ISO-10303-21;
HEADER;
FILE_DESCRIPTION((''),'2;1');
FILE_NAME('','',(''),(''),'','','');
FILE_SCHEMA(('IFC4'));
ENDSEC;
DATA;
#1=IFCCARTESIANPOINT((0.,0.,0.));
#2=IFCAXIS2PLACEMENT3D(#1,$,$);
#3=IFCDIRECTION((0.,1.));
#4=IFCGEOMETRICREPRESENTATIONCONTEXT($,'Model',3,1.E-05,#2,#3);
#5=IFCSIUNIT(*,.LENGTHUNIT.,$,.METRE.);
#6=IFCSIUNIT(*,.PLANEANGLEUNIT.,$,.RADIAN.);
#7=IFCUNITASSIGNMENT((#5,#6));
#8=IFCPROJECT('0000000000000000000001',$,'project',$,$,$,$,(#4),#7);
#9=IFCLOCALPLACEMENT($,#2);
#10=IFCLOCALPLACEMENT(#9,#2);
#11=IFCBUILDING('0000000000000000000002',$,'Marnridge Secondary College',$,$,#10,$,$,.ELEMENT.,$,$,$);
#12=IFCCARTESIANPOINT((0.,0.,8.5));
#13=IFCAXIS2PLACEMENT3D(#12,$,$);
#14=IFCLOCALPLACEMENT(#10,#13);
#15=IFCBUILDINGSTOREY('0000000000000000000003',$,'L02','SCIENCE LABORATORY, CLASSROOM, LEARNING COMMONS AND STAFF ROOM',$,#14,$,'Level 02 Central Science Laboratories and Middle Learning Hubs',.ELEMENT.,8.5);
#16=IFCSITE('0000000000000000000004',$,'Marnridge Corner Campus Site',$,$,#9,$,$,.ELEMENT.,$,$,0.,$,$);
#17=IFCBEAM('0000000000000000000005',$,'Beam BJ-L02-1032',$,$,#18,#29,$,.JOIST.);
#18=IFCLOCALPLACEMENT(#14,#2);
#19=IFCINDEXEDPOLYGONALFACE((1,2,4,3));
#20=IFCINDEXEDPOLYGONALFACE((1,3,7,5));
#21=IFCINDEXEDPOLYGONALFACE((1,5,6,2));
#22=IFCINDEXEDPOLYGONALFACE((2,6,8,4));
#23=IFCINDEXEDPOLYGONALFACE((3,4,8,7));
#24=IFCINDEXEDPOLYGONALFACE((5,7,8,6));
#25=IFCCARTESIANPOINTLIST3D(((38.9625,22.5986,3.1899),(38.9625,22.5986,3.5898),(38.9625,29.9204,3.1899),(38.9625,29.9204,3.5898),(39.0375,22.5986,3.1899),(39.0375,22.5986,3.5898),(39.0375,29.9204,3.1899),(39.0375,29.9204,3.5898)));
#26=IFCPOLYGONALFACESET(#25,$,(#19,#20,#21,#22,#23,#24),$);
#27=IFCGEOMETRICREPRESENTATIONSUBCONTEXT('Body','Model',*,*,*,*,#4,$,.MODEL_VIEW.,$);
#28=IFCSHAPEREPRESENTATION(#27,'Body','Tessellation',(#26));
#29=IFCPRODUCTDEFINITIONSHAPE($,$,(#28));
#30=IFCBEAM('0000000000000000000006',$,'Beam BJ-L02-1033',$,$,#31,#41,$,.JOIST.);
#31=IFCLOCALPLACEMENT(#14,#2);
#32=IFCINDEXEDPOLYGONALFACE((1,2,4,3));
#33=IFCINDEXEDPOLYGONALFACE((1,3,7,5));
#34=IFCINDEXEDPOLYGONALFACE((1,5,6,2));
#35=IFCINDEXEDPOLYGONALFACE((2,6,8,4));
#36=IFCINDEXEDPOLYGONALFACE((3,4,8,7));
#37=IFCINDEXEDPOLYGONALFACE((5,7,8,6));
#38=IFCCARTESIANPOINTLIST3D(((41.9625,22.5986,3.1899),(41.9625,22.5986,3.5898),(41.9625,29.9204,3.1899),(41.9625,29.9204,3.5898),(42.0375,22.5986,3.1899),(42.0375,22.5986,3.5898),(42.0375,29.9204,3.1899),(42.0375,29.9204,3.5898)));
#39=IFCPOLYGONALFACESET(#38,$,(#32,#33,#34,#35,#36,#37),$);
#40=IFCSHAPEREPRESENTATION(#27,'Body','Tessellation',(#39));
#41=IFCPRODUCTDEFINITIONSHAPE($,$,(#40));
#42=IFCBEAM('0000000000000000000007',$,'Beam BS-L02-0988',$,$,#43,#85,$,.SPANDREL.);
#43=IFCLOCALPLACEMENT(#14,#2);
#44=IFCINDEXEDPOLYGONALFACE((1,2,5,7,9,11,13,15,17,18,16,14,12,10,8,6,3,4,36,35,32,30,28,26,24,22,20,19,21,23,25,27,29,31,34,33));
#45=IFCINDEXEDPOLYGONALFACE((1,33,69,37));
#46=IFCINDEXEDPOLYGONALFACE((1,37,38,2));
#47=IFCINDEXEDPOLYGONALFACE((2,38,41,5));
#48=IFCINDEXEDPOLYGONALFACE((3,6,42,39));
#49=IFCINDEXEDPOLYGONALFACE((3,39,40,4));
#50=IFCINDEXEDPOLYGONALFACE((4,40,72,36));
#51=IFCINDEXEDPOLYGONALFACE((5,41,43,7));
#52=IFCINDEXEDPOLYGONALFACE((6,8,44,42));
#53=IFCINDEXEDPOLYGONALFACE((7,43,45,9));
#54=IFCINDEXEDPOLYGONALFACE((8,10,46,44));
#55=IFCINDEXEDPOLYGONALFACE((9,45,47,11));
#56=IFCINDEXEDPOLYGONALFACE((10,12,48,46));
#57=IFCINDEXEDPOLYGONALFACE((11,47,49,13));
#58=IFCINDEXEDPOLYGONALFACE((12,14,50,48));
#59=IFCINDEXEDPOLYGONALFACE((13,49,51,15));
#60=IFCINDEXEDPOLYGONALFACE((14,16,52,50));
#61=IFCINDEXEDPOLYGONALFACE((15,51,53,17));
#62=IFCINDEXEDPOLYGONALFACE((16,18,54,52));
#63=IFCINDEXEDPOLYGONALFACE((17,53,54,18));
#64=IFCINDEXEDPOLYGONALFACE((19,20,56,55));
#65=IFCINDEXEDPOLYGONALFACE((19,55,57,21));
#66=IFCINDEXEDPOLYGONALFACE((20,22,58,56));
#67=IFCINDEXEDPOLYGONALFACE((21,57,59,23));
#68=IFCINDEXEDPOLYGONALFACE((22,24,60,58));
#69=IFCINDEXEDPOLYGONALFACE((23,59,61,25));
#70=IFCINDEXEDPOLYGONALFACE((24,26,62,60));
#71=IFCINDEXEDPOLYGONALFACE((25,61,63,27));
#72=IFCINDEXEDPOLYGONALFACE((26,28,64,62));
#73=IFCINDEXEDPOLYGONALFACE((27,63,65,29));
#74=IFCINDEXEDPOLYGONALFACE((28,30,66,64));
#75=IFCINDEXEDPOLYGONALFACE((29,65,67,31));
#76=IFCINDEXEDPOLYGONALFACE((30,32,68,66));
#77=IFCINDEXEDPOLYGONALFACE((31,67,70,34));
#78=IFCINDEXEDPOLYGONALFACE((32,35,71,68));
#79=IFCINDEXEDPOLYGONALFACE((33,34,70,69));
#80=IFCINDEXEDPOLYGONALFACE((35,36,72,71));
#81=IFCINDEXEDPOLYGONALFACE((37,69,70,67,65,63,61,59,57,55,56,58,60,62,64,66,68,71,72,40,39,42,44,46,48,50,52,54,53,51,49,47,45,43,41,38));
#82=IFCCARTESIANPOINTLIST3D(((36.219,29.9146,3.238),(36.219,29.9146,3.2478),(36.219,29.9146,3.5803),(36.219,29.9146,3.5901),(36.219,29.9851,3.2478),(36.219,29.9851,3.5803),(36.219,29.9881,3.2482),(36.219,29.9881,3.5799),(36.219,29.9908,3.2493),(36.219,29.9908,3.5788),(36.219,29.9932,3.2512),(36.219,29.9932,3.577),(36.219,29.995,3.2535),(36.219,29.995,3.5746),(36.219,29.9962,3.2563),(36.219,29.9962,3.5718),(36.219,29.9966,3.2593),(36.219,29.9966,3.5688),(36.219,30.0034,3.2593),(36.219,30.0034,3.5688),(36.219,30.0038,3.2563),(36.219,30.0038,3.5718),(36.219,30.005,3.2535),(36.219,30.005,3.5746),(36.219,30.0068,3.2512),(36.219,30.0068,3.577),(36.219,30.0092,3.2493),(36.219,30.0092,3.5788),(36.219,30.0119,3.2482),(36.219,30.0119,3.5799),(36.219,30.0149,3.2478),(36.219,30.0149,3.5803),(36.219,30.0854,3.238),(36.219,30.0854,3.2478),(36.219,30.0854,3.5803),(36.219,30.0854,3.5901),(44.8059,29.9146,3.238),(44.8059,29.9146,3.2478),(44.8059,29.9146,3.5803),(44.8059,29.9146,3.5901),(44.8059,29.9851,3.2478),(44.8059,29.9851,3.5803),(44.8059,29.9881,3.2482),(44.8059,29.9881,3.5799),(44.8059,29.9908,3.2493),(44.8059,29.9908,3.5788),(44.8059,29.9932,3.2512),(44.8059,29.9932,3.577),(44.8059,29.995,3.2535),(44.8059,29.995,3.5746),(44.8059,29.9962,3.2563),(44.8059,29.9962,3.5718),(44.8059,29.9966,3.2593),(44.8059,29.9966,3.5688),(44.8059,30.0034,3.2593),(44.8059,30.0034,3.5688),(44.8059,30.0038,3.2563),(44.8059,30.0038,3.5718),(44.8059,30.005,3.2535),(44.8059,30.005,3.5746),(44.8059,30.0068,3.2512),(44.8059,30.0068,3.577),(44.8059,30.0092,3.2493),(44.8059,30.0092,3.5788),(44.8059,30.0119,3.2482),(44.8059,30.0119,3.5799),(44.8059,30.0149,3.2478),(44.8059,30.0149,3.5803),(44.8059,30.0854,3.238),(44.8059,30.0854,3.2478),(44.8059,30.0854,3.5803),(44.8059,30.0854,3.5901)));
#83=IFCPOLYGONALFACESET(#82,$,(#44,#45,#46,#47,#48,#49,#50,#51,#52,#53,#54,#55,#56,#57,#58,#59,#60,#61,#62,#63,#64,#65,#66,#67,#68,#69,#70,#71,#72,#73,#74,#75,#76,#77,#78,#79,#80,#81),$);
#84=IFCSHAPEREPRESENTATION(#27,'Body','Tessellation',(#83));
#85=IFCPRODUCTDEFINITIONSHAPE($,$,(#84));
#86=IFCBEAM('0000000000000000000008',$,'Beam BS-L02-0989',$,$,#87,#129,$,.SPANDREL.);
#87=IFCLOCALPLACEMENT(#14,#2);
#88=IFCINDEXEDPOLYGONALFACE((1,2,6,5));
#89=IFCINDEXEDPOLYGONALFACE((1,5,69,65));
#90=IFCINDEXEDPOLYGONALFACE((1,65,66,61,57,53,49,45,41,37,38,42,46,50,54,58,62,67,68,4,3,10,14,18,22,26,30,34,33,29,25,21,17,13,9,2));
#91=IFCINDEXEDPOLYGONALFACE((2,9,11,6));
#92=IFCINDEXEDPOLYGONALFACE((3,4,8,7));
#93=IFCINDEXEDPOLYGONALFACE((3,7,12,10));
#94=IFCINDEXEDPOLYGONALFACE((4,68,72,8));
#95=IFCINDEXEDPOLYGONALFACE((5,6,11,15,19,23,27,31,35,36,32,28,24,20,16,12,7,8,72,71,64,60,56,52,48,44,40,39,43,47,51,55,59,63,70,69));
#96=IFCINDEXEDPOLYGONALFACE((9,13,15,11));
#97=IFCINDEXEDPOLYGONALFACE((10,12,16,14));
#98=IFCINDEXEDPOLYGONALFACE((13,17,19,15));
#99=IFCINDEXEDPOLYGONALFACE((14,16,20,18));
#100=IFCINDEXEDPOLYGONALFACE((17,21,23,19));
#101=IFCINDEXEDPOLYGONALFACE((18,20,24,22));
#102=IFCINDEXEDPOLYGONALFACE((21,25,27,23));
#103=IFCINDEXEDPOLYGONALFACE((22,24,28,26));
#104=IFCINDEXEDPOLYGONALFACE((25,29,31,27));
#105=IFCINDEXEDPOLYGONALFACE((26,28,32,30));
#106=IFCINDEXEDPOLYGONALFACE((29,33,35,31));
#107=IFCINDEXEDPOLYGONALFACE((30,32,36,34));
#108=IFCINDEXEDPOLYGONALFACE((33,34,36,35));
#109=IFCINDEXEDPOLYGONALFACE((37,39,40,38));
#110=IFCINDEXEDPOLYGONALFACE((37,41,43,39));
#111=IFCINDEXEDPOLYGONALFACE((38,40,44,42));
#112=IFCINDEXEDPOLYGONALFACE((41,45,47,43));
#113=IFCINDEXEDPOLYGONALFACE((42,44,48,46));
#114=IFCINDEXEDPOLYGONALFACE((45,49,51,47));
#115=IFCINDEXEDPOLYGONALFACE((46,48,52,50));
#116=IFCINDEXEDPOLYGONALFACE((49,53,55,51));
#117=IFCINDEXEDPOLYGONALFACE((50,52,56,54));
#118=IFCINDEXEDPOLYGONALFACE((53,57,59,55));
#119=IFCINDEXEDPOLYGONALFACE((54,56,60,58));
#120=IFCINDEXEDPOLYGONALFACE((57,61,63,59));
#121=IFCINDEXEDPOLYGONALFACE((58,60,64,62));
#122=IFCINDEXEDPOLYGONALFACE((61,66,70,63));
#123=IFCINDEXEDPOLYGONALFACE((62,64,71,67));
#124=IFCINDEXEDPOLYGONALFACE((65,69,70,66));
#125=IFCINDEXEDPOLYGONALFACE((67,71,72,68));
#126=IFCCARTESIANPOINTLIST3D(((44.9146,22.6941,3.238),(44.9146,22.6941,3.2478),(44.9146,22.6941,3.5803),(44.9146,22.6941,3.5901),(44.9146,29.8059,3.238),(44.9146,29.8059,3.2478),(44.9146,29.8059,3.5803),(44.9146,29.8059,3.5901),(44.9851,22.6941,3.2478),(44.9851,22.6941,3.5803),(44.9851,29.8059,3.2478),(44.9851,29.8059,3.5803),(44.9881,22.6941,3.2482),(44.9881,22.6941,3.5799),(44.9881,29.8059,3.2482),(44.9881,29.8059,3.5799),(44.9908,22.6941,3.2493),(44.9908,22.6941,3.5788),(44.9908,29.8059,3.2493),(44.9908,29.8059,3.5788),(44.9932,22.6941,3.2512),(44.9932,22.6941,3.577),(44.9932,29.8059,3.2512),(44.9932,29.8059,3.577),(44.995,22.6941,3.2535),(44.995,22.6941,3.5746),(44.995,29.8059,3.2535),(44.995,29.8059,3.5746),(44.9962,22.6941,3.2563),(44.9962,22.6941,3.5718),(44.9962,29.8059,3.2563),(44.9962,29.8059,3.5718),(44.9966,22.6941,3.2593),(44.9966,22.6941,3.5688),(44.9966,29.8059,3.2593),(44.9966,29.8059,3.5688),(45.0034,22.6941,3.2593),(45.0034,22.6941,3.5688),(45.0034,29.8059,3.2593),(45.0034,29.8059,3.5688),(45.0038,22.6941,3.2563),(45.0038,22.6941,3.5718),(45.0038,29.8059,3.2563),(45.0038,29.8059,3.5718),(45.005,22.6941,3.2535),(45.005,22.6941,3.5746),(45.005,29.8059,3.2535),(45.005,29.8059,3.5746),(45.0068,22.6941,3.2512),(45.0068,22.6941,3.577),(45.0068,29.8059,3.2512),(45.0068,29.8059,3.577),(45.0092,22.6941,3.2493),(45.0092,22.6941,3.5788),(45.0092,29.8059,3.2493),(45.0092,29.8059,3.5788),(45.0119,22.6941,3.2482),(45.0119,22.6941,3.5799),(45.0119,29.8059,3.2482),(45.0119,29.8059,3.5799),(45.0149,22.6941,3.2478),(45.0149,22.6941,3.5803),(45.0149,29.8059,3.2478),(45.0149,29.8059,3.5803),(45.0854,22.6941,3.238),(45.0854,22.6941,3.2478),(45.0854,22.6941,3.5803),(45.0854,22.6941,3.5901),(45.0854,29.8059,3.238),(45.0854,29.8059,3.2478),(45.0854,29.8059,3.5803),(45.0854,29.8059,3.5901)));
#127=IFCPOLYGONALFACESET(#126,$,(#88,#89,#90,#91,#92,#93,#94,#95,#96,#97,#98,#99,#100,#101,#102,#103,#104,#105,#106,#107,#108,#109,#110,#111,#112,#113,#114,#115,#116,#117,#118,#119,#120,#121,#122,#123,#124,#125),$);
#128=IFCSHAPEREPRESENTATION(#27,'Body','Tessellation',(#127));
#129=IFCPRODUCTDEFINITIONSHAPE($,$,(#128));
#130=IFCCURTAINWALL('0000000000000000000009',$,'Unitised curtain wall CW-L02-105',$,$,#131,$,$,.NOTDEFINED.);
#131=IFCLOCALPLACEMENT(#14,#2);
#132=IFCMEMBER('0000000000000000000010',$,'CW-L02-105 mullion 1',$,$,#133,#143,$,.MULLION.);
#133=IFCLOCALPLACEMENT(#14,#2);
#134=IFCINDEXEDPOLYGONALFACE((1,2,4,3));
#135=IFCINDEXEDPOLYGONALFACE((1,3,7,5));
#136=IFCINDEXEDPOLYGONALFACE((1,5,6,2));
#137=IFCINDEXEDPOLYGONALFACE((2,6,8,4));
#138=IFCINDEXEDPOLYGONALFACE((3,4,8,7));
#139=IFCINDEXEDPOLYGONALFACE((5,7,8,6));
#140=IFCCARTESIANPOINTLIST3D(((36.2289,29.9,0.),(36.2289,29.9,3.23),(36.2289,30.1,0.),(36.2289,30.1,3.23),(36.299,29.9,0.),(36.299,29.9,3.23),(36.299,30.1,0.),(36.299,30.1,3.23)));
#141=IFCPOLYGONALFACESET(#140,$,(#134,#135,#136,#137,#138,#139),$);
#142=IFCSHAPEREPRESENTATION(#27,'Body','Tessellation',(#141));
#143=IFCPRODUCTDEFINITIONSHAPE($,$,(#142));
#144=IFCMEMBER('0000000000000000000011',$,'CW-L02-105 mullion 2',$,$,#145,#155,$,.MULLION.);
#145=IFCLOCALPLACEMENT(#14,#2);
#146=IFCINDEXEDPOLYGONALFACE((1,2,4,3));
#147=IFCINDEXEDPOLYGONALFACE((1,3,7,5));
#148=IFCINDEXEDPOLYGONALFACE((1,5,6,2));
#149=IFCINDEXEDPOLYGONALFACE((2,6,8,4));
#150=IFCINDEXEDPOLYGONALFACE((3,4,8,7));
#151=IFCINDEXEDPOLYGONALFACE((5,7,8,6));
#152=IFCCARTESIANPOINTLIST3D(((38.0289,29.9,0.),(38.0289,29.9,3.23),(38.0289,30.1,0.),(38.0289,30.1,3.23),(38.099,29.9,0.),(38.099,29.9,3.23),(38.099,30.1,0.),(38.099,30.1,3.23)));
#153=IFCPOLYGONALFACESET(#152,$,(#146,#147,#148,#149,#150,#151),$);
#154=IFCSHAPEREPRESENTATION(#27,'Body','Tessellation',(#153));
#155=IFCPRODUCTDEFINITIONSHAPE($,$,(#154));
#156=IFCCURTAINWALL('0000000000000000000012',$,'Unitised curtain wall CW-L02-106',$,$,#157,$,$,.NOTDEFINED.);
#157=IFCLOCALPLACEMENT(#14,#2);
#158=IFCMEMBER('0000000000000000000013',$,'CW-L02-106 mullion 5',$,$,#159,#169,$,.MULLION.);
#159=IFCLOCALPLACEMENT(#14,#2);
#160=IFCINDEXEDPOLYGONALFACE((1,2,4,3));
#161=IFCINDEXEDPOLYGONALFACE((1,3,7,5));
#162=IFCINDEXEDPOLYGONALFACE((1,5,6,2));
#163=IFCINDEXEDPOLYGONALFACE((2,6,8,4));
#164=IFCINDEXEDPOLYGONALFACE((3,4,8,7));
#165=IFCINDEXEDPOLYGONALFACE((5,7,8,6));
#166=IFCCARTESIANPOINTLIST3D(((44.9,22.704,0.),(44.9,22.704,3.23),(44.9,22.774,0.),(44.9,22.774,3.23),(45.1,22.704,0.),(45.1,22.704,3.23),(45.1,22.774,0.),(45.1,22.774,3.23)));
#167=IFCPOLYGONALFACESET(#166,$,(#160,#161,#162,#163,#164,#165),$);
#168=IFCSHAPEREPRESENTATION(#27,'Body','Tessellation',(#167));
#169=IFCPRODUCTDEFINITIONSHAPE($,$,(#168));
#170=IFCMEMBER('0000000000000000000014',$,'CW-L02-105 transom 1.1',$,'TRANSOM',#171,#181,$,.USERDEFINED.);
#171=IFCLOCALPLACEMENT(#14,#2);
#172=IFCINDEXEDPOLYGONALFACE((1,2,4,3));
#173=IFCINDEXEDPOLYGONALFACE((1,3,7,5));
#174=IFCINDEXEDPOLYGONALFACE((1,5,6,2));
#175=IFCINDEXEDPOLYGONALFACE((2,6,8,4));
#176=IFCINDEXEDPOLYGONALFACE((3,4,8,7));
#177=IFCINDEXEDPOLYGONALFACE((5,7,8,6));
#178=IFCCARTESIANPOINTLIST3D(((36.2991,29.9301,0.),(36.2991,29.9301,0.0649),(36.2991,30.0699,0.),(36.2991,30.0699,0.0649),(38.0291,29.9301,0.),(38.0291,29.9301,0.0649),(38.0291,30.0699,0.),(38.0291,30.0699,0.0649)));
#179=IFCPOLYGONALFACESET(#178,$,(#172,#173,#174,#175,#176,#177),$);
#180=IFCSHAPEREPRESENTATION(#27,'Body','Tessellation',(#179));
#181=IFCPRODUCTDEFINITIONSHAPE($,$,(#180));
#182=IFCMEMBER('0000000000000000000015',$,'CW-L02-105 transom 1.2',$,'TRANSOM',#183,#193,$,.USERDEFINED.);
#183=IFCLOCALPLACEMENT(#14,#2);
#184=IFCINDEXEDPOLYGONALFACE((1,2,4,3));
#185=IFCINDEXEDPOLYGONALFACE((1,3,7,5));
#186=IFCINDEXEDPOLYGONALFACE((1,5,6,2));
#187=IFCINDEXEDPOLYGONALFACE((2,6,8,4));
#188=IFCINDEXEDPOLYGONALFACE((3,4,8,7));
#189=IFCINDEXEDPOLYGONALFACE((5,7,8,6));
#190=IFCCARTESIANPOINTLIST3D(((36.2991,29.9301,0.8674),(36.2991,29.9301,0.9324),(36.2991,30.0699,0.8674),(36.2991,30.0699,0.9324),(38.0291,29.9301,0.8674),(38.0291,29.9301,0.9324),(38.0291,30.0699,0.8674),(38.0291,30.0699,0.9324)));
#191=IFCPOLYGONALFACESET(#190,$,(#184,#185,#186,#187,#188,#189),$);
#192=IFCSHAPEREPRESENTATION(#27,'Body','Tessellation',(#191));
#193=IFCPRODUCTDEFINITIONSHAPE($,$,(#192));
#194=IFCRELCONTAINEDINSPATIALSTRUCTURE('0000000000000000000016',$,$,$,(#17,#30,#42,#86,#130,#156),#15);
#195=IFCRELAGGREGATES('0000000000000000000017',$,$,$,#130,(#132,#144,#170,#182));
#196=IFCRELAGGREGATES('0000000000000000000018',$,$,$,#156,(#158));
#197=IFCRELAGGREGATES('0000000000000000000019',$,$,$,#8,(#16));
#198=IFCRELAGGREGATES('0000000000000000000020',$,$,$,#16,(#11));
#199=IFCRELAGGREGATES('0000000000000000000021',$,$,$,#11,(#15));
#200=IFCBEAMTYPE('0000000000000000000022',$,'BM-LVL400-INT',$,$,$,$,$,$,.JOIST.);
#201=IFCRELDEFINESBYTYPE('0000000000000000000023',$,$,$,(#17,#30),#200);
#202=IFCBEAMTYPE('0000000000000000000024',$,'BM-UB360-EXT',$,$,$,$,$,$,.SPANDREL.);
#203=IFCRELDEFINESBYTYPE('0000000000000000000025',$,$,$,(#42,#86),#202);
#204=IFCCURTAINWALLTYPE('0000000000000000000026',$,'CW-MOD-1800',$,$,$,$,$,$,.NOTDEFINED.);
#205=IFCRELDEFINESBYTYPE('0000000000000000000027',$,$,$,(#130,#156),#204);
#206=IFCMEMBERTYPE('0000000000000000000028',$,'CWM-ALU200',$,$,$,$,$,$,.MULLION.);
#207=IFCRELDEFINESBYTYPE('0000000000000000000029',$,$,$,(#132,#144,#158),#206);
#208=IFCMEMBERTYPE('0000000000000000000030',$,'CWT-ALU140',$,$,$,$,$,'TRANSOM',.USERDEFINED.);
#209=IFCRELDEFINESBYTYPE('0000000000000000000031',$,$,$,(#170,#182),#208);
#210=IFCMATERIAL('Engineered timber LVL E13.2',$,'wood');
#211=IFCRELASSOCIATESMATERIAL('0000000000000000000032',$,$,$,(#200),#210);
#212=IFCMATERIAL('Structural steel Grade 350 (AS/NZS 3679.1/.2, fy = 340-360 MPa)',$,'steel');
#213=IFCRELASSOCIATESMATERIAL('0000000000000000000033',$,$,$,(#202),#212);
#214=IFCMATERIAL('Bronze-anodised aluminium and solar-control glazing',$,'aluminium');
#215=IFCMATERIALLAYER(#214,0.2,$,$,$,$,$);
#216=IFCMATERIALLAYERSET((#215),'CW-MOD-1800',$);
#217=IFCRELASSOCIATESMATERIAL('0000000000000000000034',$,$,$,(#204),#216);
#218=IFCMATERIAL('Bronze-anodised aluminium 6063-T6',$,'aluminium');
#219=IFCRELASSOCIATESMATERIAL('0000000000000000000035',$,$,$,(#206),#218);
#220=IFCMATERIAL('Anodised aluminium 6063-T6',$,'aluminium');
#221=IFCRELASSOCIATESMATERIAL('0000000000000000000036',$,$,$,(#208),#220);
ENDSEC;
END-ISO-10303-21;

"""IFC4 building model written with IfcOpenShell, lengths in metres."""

from ifc_helpers import new_model, si_unit, direction, frame, origin, origin_2d, place, context, subcontext, project, spatial, rectangle, i_section, extrude, material, layer, layer_set, material_profile, profile_set, type_object, element, aggregate, save


model = new_model("IFC4")

# Units and contexts
model_context = context("Model", 3, precision=1e-05, world=origin(), true_north=direction((0.0, 1.0)))
body_context = subcontext(model_context, "Body", "Model", "MODEL_VIEW")
ifc_project = project(units=[si_unit("LENGTHUNIT", "METRE"), si_unit("PLANEANGLEUNIT", "RADIAN")], contexts=[model_context])

# Site, building, storey
site_placement = place(None, origin())
site = spatial("IfcSite", under=ifc_project, at=site_placement, Name="Marnridge Corner Campus Site", CompositionType="ELEMENT", RefElevation=0.0)
building_placement = place(site_placement, origin())
building = spatial("IfcBuilding", under=site, at=building_placement, Name="Marnridge Secondary College", CompositionType="ELEMENT")
storey_placement = place(building_placement, frame((0.0, 0.0, 8.5)))
storey = spatial("IfcBuildingStorey", under=building, at=storey_placement, Name="L02", Description="SCIENCE LABORATORY, CLASSROOM, LEARNING COMMONS AND STAFF ROOM", LongName="Level 02 Central Science Laboratories and Middle Learning Hubs", CompositionType="ELEMENT", Elevation=8.5)

# Beams
ifc_material_1 = material(Name="Engineered timber LVL E13.2", Category="wood")
ifc_material_profile_1 = material_profile(ifc_material_1, rectangle(XDim=0.075, YDim=0.3999, at=origin_2d()), Name="LVL 75x400")
ifc_profile_set_1 = profile_set([ifc_material_profile_1], Name="Engineered timber LVL E13.2")
beam_type_1 = type_object("IfcBeamType", Name="BM-LVL400-INT", PredefinedType="JOIST", material=ifc_profile_set_1)
for number, where, z_axis, x_axis, name in (
    (1, (39.0, 22.5986, 3.3899), (0.0, 1.0, 0.0), (-1.0, 0.0, 0.0), "Beam BJ-L02-1032"),
    (2, (42.0, 22.5986, 3.3899), (0.0, 1.0, 0.0), (-1.0, 0.0, 0.0), "Beam BJ-L02-1033"),
):
    element("IfcBeam", number, at=place(storey_placement, frame(where, z_axis=z_axis, x_axis=x_axis)), inside=storey, type_object=beam_type_1, Name=name, PredefinedType="JOIST", context=body_context, shape_type="SweptSolid", body=[
        extrude(rectangle(XDim=0.075, YDim=0.3999, at=origin_2d()), origin(), (0.0, 0.0, 1.0), 7.3218),
    ])
ifc_material_2 = material(Name="Structural steel Grade 350 (AS/NZS 3679.1/.2, fy = 340-360 MPa)", Category="steel")
ifc_material_profile_2 = material_profile(ifc_material_2, i_section(OverallWidth=0.1709, OverallDepth=0.3521, WebThickness=0.0068, FlangeThickness=0.0098, FilletRadius=0.0115, at=origin_2d()), Name="360UB44.7")
ifc_profile_set_2 = profile_set([ifc_material_profile_2], Name="Structural steel Grade 350 (AS/NZS 3679.1/.2, fy = 340-360 MPa)")
beam_type_2 = type_object("IfcBeamType", Name="BM-UB360-EXT", PredefinedType="SPANDREL", material=ifc_profile_set_2)
beam_1_placement = place(storey_placement, frame((36.219, 30.0, 3.4141), z_axis=(1.0, 0.0, 0.0), x_axis=(0.0, 1.0, 0.0)))
element("IfcBeam", 3, at=beam_1_placement, inside=storey, type_object=beam_type_2, Name="Beam BS-L02-0988", PredefinedType="SPANDREL", context=body_context, shape_type="SweptSolid", body=[
    extrude(i_section(OverallWidth=0.1709, OverallDepth=0.3521, WebThickness=0.0068, FlangeThickness=0.0098, FilletRadius=0.0115, at=origin_2d()), origin(), (0.0, 0.0, 1.0), 8.5869),
])
beam_2_placement = place(storey_placement, frame((45.0, 22.6941, 3.4141), z_axis=(0.0, 1.0, 0.0), x_axis=(-1.0, 0.0, 0.0)))
element("IfcBeam", 4, at=beam_2_placement, inside=storey, type_object=beam_type_2, Name="Beam BS-L02-0989", PredefinedType="SPANDREL", context=body_context, shape_type="SweptSolid", body=[
    extrude(i_section(OverallWidth=0.1709, OverallDepth=0.3521, WebThickness=0.0068, FlangeThickness=0.0098, FilletRadius=0.0115, at=origin_2d()), origin(), (0.0, 0.0, 1.0), 7.1118),
])

# Curtain wall, members
ifc_material_3 = material(Name="Bronze-anodised aluminium and solar-control glazing", Category="aluminium")
ifc_layer_1 = layer(ifc_material_3, 0.2)
ifc_layer_set_1 = layer_set([ifc_layer_1], Name="CW-MOD-1800")
curtain_wall_type = type_object("IfcCurtainWallType", Name="CW-MOD-1800", PredefinedType="NOTDEFINED", material=ifc_layer_set_1)
curtain_wall_1_placement = place(storey_placement, origin())
curtain_wall_1 = element("IfcCurtainWall", 5, at=curtain_wall_1_placement, inside=storey, type_object=curtain_wall_type, Name="Unitised curtain wall CW-L02-105", PredefinedType="NOTDEFINED")
ifc_material_4 = material(Name="Bronze-anodised aluminium 6063-T6", Category="aluminium")
ifc_material_profile_3 = material_profile(ifc_material_4, rectangle(XDim=0.0701, YDim=0.2, at=origin_2d()), Name="ALU 70x200")
ifc_profile_set_3 = profile_set([ifc_material_profile_3], Name="Bronze-anodised aluminium 6063-T6")
member_type_1 = type_object("IfcMemberType", Name="CWM-ALU200", PredefinedType="MULLION", material=ifc_profile_set_3)
member_1_placement = place(storey_placement, frame((36.2639, 30.0, 0.0), z_axis=(0.0, 0.0, 1.0), x_axis=(1.0, 0.0, 0.0)))
member_1 = element("IfcMember", 6, at=member_1_placement, type_object=member_type_1, Name="CW-L02-105 mullion 1", PredefinedType="MULLION", context=body_context, shape_type="SweptSolid", body=[
    extrude(rectangle(XDim=0.0701, YDim=0.2, at=origin_2d()), origin(), (0.0, 0.0, 1.0), 3.23),
])
member_2_placement = place(storey_placement, frame((38.064, 30.0, 0.0), z_axis=(0.0, 0.0, 1.0), x_axis=(1.0, 0.0, 0.0)))
member_2 = element("IfcMember", 7, at=member_2_placement, type_object=member_type_1, Name="CW-L02-105 mullion 2", PredefinedType="MULLION", context=body_context, shape_type="SweptSolid", body=[
    extrude(rectangle(XDim=0.0701, YDim=0.2, at=origin_2d()), origin(), (0.0, 0.0, 1.0), 3.23),
])

# Curtain wall, member
curtain_wall_2_placement = place(storey_placement, origin())
curtain_wall_2 = element("IfcCurtainWall", 8, at=curtain_wall_2_placement, inside=storey, type_object=curtain_wall_type, Name="Unitised curtain wall CW-L02-106", PredefinedType="NOTDEFINED")
member_3_placement = place(storey_placement, frame((45.0, 22.739, 0.0), z_axis=(0.0, 0.0, 1.0), x_axis=(0.0, -1.0, 0.0)))
member_3 = element("IfcMember", 9, at=member_3_placement, type_object=member_type_1, Name="CW-L02-106 mullion 5", PredefinedType="MULLION", context=body_context, shape_type="SweptSolid", body=[
    extrude(rectangle(XDim=0.0701, YDim=0.2, at=origin_2d()), origin(), (0.0, 0.0, 1.0), 3.23),
])

# Members
ifc_material_5 = material(Name="Anodised aluminium 6063-T6", Category="aluminium")
ifc_material_profile_4 = material_profile(ifc_material_5, rectangle(XDim=0.0649, YDim=0.1399, at=origin_2d()), Name="ALU 65x140")
ifc_profile_set_4 = profile_set([ifc_material_profile_4], Name="Anodised aluminium 6063-T6")
member_type_2 = type_object("IfcMemberType", Name="CWT-ALU140", ElementType="TRANSOM", PredefinedType="USERDEFINED", material=ifc_profile_set_4)
member_4_placement = place(storey_placement, frame((36.2991, 30.0, 0.0325), z_axis=(1.0, 0.0, 0.0), x_axis=(0.0, 0.0, 1.0)))
member_4 = element("IfcMember", 10, at=member_4_placement, type_object=member_type_2, Name="CW-L02-105 transom 1.1", ObjectType="TRANSOM", PredefinedType="USERDEFINED", context=body_context, shape_type="SweptSolid", body=[
    extrude(rectangle(XDim=0.0649, YDim=0.1399, at=origin_2d()), origin(), (0.0, 0.0, 1.0), 1.73),
])
member_5_placement = place(storey_placement, frame((36.2991, 30.0, 0.8999), z_axis=(1.0, 0.0, 0.0), x_axis=(0.0, 0.0, 1.0)))
member_5 = element("IfcMember", 11, at=member_5_placement, type_object=member_type_2, Name="CW-L02-105 transom 1.2", ObjectType="TRANSOM", PredefinedType="USERDEFINED", context=body_context, shape_type="SweptSolid", body=[
    extrude(rectangle(XDim=0.0649, YDim=0.1399, at=origin_2d()), origin(), (0.0, 0.0, 1.0), 1.73),
])

aggregate(curtain_wall_1, [member_1, member_2, member_4, member_5])
aggregate(curtain_wall_2, [member_3])

save(model, "model.ifc")
